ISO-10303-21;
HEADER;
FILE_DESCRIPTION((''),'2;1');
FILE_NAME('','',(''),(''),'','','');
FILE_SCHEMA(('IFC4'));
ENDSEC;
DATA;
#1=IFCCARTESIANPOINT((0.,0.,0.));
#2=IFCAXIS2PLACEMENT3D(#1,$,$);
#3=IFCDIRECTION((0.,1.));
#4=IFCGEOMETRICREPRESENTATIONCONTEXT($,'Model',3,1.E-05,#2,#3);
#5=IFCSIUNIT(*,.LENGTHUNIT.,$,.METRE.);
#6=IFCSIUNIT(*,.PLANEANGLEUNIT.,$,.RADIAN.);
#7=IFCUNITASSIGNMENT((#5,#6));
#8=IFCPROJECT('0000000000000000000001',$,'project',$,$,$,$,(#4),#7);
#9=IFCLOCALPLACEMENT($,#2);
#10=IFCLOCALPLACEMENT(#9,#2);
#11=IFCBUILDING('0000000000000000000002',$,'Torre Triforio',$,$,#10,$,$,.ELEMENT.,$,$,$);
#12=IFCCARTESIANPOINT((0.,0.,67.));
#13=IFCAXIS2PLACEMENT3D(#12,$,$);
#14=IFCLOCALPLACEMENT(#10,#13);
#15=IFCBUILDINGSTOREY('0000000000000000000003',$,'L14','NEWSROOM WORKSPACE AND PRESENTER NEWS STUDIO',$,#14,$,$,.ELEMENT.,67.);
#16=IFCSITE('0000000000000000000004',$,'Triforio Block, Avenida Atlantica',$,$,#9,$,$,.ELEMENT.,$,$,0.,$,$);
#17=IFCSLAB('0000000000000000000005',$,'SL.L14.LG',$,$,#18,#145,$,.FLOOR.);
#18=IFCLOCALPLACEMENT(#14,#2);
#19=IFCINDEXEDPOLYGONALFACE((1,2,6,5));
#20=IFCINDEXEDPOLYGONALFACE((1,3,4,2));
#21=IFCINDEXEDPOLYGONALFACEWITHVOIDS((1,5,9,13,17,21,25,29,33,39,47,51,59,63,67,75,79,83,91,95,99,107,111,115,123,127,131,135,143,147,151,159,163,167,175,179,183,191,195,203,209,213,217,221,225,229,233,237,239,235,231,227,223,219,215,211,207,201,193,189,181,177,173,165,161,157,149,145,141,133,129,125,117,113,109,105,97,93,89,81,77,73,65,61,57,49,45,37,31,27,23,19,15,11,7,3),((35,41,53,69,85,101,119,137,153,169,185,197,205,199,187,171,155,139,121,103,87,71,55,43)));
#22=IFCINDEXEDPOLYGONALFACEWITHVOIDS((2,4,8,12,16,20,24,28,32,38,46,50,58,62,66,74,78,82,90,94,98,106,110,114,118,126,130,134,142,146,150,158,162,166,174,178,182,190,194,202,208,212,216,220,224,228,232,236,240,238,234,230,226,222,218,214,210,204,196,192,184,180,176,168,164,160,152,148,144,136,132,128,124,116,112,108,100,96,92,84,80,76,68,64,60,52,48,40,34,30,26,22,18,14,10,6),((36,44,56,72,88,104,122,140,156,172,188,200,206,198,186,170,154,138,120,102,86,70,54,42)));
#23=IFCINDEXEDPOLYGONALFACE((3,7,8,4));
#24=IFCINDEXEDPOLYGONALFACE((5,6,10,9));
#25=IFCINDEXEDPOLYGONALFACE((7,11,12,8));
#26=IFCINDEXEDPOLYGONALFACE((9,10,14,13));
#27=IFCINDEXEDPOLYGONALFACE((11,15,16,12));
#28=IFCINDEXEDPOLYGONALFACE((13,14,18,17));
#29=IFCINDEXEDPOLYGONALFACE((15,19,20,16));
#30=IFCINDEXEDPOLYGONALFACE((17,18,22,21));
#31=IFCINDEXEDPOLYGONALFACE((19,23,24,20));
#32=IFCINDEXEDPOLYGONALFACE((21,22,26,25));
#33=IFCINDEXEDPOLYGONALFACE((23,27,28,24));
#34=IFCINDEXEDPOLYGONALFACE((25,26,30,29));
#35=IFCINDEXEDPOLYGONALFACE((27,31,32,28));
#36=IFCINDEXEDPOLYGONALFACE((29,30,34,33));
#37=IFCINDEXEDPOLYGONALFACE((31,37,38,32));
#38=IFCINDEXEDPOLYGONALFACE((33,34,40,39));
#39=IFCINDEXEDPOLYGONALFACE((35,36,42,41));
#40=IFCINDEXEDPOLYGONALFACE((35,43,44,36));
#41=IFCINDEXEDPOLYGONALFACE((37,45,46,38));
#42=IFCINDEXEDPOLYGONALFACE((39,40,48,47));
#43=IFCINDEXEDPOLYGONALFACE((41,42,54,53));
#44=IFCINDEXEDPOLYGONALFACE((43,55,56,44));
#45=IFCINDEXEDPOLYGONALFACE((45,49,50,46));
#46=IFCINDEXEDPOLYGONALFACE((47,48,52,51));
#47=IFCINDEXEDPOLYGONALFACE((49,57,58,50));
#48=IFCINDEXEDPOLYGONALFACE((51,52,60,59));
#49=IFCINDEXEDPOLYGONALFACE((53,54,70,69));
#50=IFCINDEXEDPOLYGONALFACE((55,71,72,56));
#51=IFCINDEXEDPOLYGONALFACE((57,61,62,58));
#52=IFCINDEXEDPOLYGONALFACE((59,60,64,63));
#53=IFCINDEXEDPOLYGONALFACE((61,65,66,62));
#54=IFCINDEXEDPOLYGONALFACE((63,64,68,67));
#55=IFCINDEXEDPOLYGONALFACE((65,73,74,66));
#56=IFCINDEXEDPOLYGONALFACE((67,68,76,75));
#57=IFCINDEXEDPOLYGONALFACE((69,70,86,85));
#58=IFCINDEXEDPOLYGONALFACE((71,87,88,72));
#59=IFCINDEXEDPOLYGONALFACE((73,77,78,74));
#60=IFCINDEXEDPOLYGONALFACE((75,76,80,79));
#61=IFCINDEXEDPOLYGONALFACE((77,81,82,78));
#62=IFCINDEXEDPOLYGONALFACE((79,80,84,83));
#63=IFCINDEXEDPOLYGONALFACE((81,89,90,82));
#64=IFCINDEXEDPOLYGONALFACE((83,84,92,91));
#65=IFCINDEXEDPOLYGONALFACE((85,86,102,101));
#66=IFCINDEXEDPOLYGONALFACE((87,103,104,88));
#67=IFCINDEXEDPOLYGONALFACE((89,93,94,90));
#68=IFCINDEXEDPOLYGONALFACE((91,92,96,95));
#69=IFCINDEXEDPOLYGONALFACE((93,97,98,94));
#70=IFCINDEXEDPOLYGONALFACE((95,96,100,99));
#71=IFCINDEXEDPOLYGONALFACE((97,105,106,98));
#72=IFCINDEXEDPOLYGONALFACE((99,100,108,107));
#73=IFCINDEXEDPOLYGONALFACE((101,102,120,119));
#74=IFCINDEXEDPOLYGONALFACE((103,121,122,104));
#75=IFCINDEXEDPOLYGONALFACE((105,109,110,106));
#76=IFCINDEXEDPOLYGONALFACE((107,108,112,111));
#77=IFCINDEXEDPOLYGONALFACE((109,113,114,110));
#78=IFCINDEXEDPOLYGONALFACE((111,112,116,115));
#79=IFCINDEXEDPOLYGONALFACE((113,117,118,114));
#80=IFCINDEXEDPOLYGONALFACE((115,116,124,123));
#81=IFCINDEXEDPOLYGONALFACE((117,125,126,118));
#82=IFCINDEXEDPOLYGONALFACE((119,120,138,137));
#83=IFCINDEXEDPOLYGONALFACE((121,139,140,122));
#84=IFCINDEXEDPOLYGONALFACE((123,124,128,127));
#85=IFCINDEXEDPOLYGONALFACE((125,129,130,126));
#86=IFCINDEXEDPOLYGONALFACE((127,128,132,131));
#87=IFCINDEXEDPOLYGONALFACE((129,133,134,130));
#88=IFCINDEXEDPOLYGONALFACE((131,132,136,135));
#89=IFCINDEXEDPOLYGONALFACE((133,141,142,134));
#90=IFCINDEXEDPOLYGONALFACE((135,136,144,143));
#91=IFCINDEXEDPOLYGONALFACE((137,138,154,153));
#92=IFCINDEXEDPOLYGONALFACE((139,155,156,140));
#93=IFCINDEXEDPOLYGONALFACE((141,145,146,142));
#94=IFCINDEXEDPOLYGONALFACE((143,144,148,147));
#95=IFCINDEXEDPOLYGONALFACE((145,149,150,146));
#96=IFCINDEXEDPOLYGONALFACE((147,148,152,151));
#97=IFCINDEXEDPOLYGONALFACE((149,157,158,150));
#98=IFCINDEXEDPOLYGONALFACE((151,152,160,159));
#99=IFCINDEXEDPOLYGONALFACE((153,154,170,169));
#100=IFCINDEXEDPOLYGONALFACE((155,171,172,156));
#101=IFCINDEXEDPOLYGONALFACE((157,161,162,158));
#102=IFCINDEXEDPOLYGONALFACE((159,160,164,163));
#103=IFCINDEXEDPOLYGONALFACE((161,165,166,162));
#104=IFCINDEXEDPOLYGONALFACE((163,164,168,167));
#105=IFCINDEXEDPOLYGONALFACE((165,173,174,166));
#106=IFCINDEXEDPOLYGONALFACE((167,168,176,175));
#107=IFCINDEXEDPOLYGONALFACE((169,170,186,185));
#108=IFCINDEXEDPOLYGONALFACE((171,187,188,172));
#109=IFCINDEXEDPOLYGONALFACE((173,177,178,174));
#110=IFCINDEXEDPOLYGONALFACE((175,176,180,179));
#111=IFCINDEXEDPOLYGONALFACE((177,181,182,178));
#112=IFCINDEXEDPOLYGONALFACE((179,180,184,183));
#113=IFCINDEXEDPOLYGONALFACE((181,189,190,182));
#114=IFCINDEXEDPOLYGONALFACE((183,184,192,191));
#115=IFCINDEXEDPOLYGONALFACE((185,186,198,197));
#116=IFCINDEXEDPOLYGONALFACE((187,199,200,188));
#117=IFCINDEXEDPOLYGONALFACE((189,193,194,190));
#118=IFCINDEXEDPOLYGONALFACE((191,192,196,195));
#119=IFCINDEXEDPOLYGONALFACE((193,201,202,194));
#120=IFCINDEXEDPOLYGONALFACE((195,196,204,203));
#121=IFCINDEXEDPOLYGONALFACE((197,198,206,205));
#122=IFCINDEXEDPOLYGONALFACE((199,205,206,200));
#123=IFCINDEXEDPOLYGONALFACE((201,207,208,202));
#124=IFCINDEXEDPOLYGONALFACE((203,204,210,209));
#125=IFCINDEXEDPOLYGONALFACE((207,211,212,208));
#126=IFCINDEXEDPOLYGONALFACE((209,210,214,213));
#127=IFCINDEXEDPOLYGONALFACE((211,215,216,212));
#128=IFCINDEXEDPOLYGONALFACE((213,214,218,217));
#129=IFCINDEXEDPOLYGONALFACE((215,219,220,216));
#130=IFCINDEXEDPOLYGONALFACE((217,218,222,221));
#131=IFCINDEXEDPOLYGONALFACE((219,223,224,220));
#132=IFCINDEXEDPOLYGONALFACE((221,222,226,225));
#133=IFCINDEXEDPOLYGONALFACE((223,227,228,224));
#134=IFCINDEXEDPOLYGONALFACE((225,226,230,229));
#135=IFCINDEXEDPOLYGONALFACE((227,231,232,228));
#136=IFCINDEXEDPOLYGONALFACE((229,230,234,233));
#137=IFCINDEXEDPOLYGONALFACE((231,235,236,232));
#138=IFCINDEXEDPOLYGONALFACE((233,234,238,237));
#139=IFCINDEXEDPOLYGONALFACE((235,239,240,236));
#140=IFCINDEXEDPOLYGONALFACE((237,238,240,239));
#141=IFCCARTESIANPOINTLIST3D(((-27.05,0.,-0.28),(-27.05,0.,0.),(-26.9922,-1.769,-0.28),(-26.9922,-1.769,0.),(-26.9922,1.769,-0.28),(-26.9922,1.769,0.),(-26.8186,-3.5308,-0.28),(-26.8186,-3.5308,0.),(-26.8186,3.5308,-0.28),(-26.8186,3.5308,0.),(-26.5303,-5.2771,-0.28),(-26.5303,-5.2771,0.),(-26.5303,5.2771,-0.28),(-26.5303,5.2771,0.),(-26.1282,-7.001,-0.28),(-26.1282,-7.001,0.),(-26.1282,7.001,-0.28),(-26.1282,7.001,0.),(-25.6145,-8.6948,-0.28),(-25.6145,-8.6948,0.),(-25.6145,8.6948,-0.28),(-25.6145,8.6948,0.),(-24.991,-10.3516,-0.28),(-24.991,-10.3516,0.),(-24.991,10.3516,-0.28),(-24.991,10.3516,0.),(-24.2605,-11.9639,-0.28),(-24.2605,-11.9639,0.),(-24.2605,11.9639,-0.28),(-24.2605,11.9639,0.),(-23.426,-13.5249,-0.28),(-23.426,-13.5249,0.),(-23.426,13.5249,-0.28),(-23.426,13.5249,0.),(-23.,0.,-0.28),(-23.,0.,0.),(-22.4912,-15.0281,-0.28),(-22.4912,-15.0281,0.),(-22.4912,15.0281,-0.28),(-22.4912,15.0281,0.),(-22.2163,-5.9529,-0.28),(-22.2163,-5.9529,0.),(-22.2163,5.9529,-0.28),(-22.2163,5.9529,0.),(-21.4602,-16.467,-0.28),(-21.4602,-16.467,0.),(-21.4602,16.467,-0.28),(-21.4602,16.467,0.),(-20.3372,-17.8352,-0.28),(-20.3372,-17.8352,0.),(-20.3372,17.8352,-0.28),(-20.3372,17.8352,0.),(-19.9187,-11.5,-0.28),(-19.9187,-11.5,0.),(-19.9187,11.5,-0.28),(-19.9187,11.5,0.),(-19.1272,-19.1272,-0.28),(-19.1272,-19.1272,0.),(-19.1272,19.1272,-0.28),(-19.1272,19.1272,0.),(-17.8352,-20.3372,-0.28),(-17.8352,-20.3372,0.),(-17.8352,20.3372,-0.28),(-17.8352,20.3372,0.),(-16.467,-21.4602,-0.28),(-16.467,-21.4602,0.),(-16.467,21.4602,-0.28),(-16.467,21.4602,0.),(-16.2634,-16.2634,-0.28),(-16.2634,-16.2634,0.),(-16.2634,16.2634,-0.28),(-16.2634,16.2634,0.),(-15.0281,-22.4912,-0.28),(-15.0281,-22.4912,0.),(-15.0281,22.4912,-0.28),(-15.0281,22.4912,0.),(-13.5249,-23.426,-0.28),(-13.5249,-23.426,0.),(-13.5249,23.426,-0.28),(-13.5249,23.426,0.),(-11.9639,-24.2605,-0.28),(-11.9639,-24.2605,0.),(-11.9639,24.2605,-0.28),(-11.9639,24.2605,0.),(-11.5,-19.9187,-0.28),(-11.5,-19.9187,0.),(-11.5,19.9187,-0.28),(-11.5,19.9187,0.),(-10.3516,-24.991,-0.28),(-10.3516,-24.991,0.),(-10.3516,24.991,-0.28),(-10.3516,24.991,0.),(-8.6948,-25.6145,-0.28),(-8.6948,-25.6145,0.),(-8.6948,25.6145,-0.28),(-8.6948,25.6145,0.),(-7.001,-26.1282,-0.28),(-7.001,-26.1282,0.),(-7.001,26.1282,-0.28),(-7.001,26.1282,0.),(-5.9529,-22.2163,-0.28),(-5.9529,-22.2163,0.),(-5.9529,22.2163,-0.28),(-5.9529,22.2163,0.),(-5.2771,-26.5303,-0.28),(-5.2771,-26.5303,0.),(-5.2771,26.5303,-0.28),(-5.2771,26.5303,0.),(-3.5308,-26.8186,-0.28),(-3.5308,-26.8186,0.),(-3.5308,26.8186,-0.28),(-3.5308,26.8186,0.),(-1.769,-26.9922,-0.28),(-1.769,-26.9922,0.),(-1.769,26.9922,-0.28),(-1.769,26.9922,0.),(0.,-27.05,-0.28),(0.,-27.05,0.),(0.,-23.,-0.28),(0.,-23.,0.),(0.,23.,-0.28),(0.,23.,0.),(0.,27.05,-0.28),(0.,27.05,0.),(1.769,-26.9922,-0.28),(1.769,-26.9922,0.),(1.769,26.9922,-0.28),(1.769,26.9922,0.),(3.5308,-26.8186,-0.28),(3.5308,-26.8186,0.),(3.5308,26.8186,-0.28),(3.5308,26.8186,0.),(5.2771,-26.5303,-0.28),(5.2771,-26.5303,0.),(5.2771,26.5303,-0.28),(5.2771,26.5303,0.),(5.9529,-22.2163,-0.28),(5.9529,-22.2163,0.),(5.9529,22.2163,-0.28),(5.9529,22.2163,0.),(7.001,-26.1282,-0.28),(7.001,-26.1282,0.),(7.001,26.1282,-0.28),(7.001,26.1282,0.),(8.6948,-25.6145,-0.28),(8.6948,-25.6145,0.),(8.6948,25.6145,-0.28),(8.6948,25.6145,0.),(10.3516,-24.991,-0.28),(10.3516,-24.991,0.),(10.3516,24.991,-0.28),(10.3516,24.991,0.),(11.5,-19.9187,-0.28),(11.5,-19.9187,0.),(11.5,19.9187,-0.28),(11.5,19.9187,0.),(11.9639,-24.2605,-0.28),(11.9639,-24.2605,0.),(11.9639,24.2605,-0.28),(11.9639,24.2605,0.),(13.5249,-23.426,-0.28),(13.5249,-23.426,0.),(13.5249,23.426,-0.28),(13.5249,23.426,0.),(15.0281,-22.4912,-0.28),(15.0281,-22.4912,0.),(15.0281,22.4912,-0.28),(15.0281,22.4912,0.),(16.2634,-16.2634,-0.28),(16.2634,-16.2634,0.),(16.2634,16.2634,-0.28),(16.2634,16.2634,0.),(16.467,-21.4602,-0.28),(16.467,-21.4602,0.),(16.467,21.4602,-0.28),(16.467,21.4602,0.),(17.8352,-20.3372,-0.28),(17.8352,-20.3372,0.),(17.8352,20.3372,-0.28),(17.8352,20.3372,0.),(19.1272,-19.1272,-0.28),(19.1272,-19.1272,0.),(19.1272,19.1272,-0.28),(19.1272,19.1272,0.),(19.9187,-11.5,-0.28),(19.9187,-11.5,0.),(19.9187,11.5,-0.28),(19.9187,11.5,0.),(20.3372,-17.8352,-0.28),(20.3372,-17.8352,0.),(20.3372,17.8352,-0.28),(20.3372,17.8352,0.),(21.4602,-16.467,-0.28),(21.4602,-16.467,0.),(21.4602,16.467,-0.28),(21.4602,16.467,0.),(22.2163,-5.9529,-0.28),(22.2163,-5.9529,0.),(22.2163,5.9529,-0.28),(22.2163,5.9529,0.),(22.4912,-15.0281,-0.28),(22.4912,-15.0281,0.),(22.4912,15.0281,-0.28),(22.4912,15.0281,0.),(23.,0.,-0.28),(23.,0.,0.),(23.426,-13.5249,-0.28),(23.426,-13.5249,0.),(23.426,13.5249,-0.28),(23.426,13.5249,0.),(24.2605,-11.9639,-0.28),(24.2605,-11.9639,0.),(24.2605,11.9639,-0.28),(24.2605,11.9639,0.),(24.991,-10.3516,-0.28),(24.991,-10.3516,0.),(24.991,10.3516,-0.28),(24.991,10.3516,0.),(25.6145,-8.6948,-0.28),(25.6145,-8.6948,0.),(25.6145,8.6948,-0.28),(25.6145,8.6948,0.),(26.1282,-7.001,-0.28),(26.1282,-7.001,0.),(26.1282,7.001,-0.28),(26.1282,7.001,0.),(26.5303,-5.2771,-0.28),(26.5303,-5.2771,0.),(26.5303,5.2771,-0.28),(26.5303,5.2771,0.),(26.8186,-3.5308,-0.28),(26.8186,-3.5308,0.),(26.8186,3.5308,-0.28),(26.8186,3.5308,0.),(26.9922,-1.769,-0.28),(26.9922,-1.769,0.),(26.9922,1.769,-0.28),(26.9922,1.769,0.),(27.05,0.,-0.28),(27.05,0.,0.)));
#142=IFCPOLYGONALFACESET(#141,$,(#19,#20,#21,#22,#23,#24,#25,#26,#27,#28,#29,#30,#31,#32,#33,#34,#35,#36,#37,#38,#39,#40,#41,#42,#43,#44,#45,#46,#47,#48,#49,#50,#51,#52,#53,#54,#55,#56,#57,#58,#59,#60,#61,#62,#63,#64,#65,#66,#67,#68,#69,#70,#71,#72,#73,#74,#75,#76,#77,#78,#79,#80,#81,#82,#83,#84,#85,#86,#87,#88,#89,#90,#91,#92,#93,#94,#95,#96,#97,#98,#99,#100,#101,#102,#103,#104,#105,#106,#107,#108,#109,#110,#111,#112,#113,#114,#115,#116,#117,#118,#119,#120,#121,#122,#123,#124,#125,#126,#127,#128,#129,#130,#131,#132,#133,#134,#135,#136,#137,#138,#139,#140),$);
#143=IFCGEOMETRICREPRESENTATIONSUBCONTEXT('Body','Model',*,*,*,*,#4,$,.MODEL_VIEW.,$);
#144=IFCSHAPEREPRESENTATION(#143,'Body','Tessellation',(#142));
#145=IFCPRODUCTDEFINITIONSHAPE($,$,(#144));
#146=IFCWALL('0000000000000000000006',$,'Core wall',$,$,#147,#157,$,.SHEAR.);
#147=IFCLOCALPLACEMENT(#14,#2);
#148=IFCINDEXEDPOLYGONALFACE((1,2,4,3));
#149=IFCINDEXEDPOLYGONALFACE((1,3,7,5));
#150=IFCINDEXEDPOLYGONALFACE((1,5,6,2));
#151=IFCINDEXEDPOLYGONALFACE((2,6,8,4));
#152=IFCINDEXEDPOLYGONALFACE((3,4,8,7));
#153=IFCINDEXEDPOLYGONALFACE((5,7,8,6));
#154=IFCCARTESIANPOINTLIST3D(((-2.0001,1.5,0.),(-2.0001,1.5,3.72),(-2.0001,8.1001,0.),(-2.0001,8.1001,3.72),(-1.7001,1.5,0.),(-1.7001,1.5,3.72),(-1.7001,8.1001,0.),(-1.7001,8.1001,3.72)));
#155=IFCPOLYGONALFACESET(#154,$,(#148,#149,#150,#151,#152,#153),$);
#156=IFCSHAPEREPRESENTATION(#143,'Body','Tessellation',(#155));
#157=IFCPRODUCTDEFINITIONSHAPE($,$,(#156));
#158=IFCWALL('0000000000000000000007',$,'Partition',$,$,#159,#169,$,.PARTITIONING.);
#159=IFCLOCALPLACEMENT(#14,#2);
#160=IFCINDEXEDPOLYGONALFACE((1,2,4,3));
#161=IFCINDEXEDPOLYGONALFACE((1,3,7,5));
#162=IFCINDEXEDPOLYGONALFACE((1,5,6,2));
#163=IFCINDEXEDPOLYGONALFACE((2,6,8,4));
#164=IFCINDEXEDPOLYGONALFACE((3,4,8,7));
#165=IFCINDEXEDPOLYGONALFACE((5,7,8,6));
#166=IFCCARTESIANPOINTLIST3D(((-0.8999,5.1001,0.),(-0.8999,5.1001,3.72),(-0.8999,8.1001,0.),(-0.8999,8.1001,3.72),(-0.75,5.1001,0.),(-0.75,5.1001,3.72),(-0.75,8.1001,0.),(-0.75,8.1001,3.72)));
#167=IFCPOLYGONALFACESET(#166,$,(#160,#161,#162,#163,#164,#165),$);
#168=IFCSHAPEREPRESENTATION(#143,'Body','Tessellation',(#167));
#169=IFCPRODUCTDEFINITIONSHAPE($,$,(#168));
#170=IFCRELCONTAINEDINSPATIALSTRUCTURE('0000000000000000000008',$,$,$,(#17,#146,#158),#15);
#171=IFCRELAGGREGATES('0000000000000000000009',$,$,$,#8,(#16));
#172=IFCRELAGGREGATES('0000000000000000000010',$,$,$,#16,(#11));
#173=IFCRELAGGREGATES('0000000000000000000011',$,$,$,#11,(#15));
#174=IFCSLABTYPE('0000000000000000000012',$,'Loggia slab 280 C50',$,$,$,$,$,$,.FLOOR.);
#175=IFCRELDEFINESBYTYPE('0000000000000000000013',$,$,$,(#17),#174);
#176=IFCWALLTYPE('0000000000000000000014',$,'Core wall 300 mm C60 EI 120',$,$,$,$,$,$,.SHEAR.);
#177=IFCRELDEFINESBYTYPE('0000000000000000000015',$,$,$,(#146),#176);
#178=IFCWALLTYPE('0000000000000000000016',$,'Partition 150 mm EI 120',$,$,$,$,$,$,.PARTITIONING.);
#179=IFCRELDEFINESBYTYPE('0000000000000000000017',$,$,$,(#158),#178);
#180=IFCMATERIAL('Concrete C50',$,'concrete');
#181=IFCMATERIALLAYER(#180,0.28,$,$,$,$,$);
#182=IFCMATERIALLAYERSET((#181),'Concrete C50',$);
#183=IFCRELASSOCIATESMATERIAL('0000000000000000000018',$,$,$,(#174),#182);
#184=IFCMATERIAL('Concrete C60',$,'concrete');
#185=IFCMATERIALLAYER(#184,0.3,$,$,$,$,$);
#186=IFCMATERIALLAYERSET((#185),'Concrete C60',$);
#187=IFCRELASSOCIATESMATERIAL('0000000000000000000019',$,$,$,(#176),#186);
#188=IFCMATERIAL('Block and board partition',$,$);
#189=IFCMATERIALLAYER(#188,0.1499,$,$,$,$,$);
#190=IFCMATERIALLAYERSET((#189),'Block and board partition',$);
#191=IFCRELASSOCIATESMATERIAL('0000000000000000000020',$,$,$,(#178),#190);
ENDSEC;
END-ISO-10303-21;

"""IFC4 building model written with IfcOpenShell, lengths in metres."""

from ifc_helpers import new_model, si_unit, direction, frame, frame_2d, origin, place, context, subcontext, project, spatial, polyline, rectangle, outline, extrude, material, layer, layer_set, type_object, element, save


model = new_model("IFC4")

# Units and contexts
model_context = context("Model", 3, precision=1e-05, world=origin(), true_north=direction((0.0, 1.0)))
body_context = subcontext(model_context, "Body", "Model", "MODEL_VIEW")
ifc_project = project(units=[si_unit("LENGTHUNIT", "METRE"), si_unit("PLANEANGLEUNIT", "RADIAN")], contexts=[model_context])

# Site, building, storey
site_placement = place(None, origin())
site = spatial("IfcSite", under=ifc_project, at=site_placement, Name="Triforio Block, Avenida Atlantica", CompositionType="ELEMENT", RefElevation=0.0)
building_placement = place(site_placement, origin())
building = spatial("IfcBuilding", under=site, at=building_placement, Name="Torre Triforio", CompositionType="ELEMENT")
storey_placement = place(building_placement, frame((0.0, 0.0, 67.0)))
storey = spatial("IfcBuildingStorey", under=building, at=storey_placement, Name="L14", Description="NEWSROOM WORKSPACE AND PRESENTER NEWS STUDIO", CompositionType="ELEMENT", Elevation=67.0)

# Slab
ifc_material_1 = material(Name="Concrete C50", Category="concrete")
ifc_layer_1 = layer(ifc_material_1, 0.28)
ifc_layer_set_1 = layer_set([ifc_layer_1], Name="Concrete C50")
slab_type_1 = type_object("IfcSlabType", Name="Loggia slab 280 C50", PredefinedType="FLOOR", material=ifc_layer_set_1)
slab_1_placement = place(storey_placement, frame((0.0, 0.0, -0.28)))
element("IfcSlab", 1, at=slab_1_placement, inside=storey, type_object=slab_type_1, Name="SL.L14.LG", PredefinedType="FLOOR", context=body_context, shape_type="SweptSolid", body=[
    extrude(outline(polyline([(26.9922, -1.769), (27.05, 0.0), (26.9922, 1.769), (26.8186, 3.5308), (26.5303, 5.2771), (26.1282, 7.001), (25.6145, 8.6948), (24.991, 10.3516), (24.2605, 11.9639), (23.426, 13.5249), (22.4912, 15.0281), (21.4602, 16.467), (20.3372, 17.8352), (19.1272, 19.1272), (17.8352, 20.3372), (16.467, 21.4602), (15.0281, 22.4912), (13.5249, 23.426), (11.9639, 24.2605), (10.3516, 24.991), (8.6948, 25.6145), (7.001, 26.1282), (5.2771, 26.5303), (3.5308, 26.8186), (1.769, 26.9922), (0.0, 27.05), (-1.769, 26.9922), (-3.5308, 26.8186), (-5.2771, 26.5303), (-7.001, 26.1282), (-8.6948, 25.6145), (-10.3516, 24.991), (-11.9639, 24.2605), (-13.5249, 23.426), (-15.0281, 22.4912), (-16.467, 21.4602), (-17.8352, 20.3372), (-19.1272, 19.1272), (-20.3372, 17.8352), (-21.4602, 16.467), (-22.4912, 15.0281), (-23.426, 13.5249), (-24.2605, 11.9639), (-24.991, 10.3516), (-25.6145, 8.6948), (-26.1282, 7.001), (-26.5303, 5.2771), (-26.8186, 3.5308), (-26.9922, 1.769), (-27.05, 0.0), (-26.9922, -1.769), (-26.8186, -3.5308), (-26.5303, -5.2771), (-26.1282, -7.001), (-25.6145, -8.6948), (-24.991, -10.3516), (-24.2605, -11.9639), (-23.426, -13.5249), (-22.4912, -15.0281), (-21.4602, -16.467), (-20.3372, -17.8352), (-19.1272, -19.1272), (-17.8352, -20.3372), (-16.467, -21.4602), (-15.0281, -22.4912), (-13.5249, -23.426), (-11.9639, -24.2605), (-10.3516, -24.991), (-8.6948, -25.6145), (-7.001, -26.1282), (-5.2771, -26.5303), (-3.5308, -26.8186), (-1.769, -26.9922), (0.0, -27.05), (1.769, -26.9922), (3.5308, -26.8186), (5.2771, -26.5303), (7.001, -26.1282), (8.6948, -25.6145), (10.3516, -24.991), (11.9639, -24.2605), (13.5249, -23.426), (15.0281, -22.4912), (16.467, -21.4602), (17.8352, -20.3372), (19.1272, -19.1272), (20.3372, -17.8352), (21.4602, -16.467), (22.4912, -15.0281), (23.426, -13.5249), (24.2605, -11.9639), (24.991, -10.3516), (25.6145, -8.6948), (26.1282, -7.001), (26.5303, -5.2771), (26.8186, -3.5308), (26.9922, -1.769)]), holes=[polyline([(22.2163, 5.9529), (23.0, 0.0), (22.2163, -5.9529), (19.9187, -11.5), (16.2634, -16.2634), (11.5, -19.9187), (5.9529, -22.2163), (0.0, -23.0), (-5.9529, -22.2163), (-11.5, -19.9187), (-16.2634, -16.2634), (-19.9187, -11.5), (-22.2163, -5.9529), (-23.0, 0.0), (-22.2163, 5.9529), (-19.9187, 11.5), (-16.2634, 16.2634), (-11.5, 19.9187), (-5.9529, 22.2163), (0.0, 23.0), (5.9529, 22.2163), (11.5, 19.9187), (16.2634, 16.2634), (19.9187, 11.5), (22.2163, 5.9529)])]), origin(), (0.0, 0.0, 1.0), 0.28),
])

# Walls
ifc_material_2 = material(Name="Concrete C60", Category="concrete")
ifc_layer_2 = layer(ifc_material_2, 0.3)
ifc_layer_set_2 = layer_set([ifc_layer_2], Name="Concrete C60")
wall_type_1 = type_object("IfcWallType", Name="Core wall 300 mm C60 EI 120", PredefinedType="SHEAR", material=ifc_layer_set_2)
wall_1_placement = place(storey_placement, frame((-1.8501, 1.5, 0.0), z_axis=(0.0, 0.0, 1.0), x_axis=(0.0, 1.0, 0.0)))
element("IfcWall", 2, at=wall_1_placement, inside=storey, type_object=wall_type_1, Name="Core wall", PredefinedType="SHEAR", context=body_context, shape_type="SweptSolid", body=[
    extrude(rectangle(XDim=6.6001, YDim=0.3, at=frame_2d((3.3, 0.0))), origin(), (0.0, 0.0, 1.0), 3.72),
])
ifc_material_3 = material(Name="Block and board partition")
ifc_layer_3 = layer(ifc_material_3, 0.1499)
ifc_layer_set_3 = layer_set([ifc_layer_3], Name="Block and board partition")
wall_type_2 = type_object("IfcWallType", Name="Partition 150 mm EI 120", PredefinedType="PARTITIONING", material=ifc_layer_set_3)
wall_2_placement = place(storey_placement, frame((-0.825, 5.1001, 0.0), z_axis=(0.0, 0.0, 1.0), x_axis=(0.0, 1.0, 0.0)))
element("IfcWall", 3, at=wall_2_placement, inside=storey, type_object=wall_type_2, Name="Partition", PredefinedType="PARTITIONING", context=body_context, shape_type="SweptSolid", body=[
    extrude(rectangle(XDim=3.0, YDim=0.1499, at=frame_2d((1.5, 0.0))), origin(), (0.0, 0.0, 1.0), 3.72),
])

save(model, "model.ifc")
